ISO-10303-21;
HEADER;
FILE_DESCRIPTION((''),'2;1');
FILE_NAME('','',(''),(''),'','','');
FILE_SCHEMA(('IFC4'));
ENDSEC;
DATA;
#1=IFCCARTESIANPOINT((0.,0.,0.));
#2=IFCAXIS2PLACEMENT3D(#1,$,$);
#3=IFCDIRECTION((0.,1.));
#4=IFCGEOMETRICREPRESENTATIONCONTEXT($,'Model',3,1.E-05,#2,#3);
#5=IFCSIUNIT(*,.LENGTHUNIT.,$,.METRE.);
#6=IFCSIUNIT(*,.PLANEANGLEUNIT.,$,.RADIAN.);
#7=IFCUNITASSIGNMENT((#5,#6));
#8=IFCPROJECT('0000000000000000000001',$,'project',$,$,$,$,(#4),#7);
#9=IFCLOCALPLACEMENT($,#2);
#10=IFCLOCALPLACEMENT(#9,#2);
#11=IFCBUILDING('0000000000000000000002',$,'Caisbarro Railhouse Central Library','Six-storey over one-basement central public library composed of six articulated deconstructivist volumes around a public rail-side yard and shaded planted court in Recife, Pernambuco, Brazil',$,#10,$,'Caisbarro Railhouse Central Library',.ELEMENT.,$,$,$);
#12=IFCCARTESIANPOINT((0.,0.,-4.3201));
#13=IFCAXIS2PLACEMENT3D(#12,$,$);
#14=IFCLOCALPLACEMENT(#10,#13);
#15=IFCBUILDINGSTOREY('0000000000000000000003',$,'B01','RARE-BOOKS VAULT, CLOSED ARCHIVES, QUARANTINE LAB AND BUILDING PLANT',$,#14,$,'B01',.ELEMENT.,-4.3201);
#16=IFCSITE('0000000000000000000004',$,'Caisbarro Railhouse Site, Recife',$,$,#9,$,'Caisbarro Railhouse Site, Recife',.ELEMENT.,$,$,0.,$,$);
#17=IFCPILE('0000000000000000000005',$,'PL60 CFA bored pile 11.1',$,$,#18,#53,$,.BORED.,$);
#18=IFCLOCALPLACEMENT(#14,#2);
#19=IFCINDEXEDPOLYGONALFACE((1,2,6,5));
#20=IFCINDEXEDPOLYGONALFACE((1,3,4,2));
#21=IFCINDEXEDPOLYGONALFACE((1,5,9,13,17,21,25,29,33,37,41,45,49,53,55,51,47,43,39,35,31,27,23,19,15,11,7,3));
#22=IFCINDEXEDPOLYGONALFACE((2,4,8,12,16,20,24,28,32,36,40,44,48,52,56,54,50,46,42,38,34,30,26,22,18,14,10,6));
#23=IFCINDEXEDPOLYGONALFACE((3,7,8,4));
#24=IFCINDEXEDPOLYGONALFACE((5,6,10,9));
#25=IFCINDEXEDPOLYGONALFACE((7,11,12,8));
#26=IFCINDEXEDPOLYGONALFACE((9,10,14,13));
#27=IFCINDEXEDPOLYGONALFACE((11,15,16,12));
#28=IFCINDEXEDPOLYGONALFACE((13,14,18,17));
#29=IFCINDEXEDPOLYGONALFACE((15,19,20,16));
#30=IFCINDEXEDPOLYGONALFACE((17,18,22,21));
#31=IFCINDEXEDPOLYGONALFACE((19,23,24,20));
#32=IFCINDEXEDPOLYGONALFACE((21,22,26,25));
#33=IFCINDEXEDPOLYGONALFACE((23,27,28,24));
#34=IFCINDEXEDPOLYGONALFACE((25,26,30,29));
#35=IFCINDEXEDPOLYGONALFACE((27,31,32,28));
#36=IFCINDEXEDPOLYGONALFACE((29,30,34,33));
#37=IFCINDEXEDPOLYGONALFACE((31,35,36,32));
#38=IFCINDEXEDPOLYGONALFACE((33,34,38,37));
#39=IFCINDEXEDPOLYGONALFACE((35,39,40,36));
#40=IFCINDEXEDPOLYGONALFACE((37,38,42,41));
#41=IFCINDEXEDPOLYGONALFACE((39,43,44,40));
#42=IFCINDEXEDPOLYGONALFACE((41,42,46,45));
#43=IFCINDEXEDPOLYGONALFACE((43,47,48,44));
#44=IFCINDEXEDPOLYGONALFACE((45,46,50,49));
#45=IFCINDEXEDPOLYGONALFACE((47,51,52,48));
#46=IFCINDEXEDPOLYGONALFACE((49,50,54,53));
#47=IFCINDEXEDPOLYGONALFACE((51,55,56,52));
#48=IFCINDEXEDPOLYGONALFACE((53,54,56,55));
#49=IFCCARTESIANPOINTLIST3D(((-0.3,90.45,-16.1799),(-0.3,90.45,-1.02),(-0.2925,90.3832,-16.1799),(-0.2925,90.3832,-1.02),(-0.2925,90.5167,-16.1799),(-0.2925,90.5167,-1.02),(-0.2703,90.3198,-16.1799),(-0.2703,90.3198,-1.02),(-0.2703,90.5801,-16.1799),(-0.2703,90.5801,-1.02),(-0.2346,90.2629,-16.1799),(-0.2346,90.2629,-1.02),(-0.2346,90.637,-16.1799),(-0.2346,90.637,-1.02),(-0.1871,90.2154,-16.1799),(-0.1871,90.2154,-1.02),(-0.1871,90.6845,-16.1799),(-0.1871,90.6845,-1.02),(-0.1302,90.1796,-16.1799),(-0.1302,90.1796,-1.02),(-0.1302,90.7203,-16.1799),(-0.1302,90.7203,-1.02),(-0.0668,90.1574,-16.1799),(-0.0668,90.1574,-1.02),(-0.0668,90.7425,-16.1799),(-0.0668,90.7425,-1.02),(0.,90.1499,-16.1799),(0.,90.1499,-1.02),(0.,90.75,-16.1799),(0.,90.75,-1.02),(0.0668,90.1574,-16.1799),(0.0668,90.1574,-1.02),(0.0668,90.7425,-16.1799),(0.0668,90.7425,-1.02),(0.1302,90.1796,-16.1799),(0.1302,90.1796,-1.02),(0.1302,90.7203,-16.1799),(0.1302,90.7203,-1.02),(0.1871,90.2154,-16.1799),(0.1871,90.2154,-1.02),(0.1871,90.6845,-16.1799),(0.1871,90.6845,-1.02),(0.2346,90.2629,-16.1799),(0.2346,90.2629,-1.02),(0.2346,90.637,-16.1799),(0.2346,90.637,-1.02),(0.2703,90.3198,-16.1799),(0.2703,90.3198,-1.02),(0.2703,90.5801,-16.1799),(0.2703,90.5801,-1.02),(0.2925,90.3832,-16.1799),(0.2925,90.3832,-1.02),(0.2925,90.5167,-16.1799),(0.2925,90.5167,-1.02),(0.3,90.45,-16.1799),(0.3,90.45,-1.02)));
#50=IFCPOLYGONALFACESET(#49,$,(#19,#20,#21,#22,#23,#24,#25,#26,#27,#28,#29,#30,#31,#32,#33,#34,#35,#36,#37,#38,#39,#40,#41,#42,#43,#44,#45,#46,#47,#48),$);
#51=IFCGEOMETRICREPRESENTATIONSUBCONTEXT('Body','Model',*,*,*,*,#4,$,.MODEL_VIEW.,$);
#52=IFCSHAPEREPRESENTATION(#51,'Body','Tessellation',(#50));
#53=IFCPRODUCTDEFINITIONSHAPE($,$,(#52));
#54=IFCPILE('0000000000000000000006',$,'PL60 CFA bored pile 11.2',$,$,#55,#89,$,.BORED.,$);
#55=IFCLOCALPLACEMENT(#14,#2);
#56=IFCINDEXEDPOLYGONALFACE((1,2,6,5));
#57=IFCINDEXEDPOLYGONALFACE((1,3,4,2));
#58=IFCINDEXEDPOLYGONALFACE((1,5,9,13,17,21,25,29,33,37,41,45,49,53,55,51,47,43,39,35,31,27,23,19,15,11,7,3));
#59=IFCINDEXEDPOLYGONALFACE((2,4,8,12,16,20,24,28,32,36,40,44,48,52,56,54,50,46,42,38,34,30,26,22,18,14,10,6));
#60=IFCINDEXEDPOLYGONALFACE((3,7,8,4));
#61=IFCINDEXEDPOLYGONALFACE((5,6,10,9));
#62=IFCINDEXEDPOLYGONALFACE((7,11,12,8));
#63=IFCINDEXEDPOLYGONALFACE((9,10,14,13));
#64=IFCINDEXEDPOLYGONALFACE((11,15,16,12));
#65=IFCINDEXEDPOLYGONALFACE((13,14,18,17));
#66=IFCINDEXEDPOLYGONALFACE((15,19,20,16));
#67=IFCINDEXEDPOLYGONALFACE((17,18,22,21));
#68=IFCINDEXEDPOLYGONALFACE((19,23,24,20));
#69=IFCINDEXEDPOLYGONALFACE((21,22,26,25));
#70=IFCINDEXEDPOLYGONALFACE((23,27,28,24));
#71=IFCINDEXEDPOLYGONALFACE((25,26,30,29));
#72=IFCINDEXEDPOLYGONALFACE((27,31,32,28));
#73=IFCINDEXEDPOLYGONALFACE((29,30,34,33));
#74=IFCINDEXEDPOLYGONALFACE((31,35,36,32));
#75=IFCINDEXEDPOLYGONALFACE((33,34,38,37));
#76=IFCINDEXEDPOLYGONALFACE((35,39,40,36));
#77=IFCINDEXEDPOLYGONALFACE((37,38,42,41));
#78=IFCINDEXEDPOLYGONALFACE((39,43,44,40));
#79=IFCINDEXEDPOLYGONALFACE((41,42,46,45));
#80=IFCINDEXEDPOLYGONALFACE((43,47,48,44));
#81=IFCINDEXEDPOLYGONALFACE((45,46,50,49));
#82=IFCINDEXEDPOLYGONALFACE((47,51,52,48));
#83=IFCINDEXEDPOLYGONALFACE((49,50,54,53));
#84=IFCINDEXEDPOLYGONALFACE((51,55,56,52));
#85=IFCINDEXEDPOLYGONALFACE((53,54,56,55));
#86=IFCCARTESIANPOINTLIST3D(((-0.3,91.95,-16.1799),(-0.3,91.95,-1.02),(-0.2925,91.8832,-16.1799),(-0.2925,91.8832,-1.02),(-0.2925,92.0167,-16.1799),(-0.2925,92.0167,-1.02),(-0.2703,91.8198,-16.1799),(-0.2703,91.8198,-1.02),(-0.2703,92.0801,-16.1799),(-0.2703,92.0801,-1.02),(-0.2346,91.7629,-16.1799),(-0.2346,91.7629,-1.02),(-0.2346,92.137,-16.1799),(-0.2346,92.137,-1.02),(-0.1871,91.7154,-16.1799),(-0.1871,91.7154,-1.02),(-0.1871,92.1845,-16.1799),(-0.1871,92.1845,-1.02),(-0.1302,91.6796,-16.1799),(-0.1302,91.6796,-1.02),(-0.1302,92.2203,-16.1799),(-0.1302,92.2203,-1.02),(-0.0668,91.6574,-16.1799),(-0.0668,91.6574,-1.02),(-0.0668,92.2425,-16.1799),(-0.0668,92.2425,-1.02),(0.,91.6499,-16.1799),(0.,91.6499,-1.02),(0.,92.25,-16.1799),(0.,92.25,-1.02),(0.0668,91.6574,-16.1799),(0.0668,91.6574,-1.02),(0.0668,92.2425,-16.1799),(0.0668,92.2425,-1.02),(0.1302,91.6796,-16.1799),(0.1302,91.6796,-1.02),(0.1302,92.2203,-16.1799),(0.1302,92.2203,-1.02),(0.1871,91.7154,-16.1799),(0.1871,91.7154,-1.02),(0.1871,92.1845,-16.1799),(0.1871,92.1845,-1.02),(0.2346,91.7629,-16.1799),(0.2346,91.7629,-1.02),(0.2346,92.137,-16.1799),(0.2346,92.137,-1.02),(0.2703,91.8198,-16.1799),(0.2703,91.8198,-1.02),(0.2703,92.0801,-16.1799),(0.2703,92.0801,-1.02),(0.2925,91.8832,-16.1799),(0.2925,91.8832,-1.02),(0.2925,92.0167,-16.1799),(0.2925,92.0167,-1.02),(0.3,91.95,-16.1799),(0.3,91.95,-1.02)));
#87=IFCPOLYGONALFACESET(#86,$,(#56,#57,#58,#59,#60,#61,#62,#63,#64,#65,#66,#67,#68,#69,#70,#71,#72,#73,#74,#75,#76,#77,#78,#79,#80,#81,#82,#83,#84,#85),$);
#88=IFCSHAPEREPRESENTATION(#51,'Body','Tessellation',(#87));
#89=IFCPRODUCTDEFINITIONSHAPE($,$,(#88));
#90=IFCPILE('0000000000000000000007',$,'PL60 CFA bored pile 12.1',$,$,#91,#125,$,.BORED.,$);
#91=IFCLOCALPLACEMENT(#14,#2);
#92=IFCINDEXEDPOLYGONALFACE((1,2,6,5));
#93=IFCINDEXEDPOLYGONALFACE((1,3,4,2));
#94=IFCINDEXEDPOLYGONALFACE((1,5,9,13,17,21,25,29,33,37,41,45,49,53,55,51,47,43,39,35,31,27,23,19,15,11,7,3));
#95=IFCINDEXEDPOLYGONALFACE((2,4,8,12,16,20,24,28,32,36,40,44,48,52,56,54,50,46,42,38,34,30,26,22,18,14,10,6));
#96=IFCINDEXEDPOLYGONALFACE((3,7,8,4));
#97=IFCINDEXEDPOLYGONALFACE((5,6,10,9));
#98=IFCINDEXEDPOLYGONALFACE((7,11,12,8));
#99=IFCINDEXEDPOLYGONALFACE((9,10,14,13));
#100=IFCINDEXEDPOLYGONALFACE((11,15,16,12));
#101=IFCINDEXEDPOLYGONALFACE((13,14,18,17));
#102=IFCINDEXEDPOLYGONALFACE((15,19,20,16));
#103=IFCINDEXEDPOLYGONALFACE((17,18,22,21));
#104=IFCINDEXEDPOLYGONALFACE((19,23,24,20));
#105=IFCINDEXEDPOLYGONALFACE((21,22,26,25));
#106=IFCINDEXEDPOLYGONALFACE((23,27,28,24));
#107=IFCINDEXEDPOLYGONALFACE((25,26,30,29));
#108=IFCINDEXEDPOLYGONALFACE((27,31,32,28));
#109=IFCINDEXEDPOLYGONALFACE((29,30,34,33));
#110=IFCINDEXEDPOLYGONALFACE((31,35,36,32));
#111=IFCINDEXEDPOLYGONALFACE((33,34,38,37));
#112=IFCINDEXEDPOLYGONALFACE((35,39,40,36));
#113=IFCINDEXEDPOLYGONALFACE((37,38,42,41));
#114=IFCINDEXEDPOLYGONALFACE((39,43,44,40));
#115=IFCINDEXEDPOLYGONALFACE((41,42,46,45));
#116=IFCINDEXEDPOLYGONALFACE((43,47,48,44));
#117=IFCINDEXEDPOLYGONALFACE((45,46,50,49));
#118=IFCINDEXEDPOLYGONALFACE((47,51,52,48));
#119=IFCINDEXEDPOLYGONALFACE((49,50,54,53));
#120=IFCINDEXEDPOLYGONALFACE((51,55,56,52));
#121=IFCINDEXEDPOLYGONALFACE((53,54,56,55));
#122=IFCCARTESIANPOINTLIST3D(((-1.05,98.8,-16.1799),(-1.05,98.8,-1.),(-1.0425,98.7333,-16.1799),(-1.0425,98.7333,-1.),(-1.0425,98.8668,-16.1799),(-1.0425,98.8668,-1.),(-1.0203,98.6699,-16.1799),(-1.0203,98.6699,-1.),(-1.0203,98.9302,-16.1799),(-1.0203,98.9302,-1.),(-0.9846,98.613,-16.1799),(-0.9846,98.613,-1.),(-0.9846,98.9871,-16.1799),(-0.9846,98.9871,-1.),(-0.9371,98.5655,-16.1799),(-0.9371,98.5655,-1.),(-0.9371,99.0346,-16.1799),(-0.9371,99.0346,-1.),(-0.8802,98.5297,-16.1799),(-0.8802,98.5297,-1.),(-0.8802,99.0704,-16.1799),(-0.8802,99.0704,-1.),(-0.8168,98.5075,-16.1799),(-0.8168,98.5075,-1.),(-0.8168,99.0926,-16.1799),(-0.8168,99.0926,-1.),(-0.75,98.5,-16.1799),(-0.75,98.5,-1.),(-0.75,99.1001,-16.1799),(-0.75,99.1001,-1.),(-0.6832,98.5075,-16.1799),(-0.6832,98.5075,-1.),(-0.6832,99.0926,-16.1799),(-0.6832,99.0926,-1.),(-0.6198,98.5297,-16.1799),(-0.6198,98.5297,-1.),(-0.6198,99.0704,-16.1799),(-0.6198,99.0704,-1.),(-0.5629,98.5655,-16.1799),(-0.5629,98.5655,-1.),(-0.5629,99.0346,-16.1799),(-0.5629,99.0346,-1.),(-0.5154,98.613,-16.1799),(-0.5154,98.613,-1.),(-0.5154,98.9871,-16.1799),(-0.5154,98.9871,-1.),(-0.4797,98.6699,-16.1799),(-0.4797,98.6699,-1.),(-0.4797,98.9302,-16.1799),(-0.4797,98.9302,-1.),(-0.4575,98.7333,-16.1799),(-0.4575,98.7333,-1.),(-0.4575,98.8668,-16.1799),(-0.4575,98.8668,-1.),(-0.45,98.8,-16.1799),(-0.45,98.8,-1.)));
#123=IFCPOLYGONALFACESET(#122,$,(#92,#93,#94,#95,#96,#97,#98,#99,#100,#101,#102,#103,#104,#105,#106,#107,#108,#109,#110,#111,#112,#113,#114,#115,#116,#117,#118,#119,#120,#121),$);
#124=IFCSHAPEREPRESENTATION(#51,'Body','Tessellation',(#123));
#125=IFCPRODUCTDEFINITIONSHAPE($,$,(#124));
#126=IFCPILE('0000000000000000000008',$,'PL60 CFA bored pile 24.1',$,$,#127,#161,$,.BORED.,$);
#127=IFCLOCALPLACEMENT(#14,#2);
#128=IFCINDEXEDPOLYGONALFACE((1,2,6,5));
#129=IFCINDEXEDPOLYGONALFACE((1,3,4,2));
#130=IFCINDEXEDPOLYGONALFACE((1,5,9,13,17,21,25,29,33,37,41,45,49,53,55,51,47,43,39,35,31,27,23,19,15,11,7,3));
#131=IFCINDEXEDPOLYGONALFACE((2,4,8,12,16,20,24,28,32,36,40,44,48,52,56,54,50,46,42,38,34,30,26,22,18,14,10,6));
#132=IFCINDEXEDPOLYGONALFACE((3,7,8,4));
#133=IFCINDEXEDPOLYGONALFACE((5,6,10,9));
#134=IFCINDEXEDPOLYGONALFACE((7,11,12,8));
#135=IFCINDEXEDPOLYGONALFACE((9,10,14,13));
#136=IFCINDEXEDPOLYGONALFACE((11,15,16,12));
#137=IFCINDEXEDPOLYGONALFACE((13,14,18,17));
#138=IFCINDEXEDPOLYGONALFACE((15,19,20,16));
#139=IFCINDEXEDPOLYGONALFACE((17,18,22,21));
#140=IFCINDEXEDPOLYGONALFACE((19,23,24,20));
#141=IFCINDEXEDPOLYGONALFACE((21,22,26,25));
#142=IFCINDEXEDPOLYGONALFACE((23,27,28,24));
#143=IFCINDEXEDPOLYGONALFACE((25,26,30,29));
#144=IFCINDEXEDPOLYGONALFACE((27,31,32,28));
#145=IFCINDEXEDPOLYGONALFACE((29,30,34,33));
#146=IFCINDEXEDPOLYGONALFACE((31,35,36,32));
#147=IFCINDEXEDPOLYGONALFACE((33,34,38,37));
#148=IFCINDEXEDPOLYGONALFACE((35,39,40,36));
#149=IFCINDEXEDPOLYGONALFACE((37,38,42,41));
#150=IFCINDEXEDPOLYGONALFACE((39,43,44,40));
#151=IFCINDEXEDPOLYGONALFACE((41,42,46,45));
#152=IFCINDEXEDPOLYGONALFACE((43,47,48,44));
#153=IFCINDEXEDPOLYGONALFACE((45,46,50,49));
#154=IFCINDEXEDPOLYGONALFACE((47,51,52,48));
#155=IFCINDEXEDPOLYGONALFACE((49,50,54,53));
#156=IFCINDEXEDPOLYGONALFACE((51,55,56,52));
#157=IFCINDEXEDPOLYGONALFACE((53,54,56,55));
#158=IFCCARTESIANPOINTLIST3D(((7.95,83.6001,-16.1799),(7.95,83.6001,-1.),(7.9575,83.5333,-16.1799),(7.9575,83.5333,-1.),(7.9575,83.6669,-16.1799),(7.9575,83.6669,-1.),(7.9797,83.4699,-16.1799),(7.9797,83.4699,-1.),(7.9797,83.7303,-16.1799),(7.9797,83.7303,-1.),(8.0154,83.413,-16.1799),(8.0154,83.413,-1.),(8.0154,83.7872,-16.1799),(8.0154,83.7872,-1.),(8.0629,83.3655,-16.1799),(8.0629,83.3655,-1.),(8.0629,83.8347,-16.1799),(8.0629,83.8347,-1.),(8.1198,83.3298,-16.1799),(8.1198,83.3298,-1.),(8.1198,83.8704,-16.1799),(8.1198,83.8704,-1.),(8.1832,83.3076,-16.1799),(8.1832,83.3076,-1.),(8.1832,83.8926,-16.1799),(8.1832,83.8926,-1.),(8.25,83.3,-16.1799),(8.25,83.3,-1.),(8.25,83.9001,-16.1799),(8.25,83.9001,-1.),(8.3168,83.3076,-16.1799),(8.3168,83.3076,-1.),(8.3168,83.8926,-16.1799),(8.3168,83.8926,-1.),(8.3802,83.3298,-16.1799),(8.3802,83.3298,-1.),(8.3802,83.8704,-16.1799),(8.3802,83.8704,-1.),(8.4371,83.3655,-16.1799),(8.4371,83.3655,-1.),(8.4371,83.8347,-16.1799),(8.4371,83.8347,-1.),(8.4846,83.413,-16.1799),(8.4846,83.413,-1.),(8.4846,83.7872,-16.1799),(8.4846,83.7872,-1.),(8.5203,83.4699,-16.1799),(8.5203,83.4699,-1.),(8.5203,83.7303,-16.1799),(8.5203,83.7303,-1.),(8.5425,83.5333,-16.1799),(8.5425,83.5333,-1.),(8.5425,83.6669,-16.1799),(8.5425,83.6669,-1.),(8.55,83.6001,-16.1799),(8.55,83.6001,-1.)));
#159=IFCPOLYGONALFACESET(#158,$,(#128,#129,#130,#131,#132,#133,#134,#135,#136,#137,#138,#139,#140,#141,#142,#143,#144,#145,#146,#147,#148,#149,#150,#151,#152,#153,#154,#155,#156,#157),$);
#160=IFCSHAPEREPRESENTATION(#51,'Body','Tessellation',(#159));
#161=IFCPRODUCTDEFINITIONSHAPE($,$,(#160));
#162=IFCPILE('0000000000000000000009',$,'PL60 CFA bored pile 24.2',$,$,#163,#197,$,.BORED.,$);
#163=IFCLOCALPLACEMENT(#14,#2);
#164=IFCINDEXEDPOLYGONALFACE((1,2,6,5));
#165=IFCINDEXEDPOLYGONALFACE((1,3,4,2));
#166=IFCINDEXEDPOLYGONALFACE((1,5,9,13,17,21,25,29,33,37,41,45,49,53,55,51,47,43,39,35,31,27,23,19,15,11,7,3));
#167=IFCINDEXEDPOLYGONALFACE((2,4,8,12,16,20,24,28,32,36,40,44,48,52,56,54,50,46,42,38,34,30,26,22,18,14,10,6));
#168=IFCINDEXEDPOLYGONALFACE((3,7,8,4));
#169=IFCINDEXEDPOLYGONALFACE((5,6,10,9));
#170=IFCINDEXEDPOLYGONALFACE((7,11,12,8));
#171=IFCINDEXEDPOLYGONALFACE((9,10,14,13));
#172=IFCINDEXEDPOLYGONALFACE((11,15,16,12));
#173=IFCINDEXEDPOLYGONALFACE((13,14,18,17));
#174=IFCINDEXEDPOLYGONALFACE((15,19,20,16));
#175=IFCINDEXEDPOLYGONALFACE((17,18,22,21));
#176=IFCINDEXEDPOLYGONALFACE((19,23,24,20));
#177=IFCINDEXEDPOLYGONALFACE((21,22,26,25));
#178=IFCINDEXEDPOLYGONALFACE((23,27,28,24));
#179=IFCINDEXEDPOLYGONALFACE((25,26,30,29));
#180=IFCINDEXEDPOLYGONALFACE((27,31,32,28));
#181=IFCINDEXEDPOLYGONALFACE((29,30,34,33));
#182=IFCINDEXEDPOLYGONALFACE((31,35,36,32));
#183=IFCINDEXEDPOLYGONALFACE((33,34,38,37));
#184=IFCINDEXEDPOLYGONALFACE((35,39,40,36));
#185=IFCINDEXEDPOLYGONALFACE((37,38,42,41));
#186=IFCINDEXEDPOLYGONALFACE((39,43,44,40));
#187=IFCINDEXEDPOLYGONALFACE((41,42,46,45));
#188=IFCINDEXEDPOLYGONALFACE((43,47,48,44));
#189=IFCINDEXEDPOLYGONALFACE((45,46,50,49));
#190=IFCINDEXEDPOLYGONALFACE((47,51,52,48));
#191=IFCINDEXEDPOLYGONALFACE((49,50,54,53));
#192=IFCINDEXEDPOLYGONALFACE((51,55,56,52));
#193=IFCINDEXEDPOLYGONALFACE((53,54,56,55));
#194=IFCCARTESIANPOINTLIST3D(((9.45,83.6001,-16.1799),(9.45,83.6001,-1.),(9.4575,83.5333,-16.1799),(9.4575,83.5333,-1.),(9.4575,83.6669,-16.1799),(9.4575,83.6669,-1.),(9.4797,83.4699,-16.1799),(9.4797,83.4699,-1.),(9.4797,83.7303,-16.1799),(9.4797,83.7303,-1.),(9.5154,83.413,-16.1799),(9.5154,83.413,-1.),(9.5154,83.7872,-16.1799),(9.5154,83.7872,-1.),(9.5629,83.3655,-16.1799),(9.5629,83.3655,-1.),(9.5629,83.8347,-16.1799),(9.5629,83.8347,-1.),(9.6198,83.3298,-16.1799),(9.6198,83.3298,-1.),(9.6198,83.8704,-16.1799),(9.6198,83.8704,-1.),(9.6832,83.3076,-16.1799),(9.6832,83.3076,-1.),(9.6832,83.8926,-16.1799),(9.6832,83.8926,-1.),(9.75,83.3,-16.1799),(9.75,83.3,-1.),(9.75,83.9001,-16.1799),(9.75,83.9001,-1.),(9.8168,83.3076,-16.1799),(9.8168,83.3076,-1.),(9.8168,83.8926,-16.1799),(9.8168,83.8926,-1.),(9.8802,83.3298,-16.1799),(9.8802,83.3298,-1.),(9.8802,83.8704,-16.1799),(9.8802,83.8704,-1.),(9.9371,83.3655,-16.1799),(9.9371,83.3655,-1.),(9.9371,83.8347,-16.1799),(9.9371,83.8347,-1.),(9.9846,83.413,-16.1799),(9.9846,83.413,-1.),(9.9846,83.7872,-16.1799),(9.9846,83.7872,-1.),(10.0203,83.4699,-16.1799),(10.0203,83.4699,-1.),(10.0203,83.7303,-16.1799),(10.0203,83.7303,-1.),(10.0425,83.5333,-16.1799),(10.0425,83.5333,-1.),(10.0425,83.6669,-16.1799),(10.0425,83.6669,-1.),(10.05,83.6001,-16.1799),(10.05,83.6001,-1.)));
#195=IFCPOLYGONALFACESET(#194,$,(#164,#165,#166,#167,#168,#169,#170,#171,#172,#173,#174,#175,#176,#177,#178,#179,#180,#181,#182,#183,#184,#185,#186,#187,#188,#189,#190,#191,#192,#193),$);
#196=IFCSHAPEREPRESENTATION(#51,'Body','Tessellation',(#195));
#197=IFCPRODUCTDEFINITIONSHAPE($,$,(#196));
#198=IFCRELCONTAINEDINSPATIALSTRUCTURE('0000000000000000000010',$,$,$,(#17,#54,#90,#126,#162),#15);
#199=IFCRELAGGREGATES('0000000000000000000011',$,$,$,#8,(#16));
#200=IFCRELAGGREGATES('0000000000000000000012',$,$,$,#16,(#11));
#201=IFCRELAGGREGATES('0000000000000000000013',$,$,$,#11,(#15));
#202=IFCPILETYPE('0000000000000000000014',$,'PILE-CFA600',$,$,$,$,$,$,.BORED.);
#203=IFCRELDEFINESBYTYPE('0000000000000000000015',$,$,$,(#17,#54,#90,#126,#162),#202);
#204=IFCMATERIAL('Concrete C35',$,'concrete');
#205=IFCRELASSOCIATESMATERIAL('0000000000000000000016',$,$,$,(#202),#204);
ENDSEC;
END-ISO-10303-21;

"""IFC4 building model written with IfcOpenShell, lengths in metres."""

from ifc_helpers import new_model, si_unit, direction, frame, origin, origin_2d, place, context, subcontext, project, spatial, circle, extrude, material, material_profile, profile_set, type_object, element, save


model = new_model("IFC4")

# Units and contexts
model_context = context("Model", 3, precision=1e-05, world=origin(), true_north=direction((0.0, 1.0)))
body_context = subcontext(model_context, "Body", "Model", "MODEL_VIEW")
ifc_project = project(units=[si_unit("LENGTHUNIT", "METRE"), si_unit("PLANEANGLEUNIT", "RADIAN")], contexts=[model_context])

# Site, building, storey
site_placement = place(None, origin())
site = spatial("IfcSite", under=ifc_project, at=site_placement, Name="Caisbarro Railhouse Site, Recife", LongName="Caisbarro Railhouse Site, Recife", CompositionType="ELEMENT", RefElevation=0.0)
building_placement = place(site_placement, origin())
building = spatial("IfcBuilding", under=site, at=building_placement, Name="Caisbarro Railhouse Central Library", Description="Six-storey over one-basement central public library composed of six articulated deconstructivist volumes around a public rail-side yard and shaded planted court in Recife, Pernambuco, Brazil", LongName="Caisbarro Railhouse Central Library", CompositionType="ELEMENT")
storey_placement = place(building_placement, frame((0.0, 0.0, -4.3201)))
storey = spatial("IfcBuildingStorey", under=building, at=storey_placement, Name="B01", Description="RARE-BOOKS VAULT, CLOSED ARCHIVES, QUARANTINE LAB AND BUILDING PLANT", LongName="B01", CompositionType="ELEMENT", Elevation=-4.3201)

# Shared definitions
ifc_material_1 = material(Name="Concrete C35", Category="concrete")

# Piles
ifc_material_profile_1 = material_profile(ifc_material_1, circle(Radius=0.3, at=origin_2d()), Name="PILE-CFA-600")
ifc_profile_set_1 = profile_set([ifc_material_profile_1], Name="Concrete C35")
pile_type = type_object("IfcPileType", Name="PILE-CFA600", PredefinedType="BORED", material=ifc_profile_set_1)
for number, where, z_axis, x_axis, name in (
    (1, (0.0, 90.45, -1.02), (0.0, 0.0, -1.0), (1.0, 0.0, 0.0), "PL60 CFA bored pile 11.1"),
    (2, (0.0, 91.95, -1.02), (0.0, 0.0, -1.0), (1.0, 0.0, 0.0), "PL60 CFA bored pile 11.2"),
):
    element("IfcPile", number, at=place(storey_placement, frame(where, z_axis=z_axis, x_axis=x_axis)), inside=storey, type_object=pile_type, Name=name, PredefinedType="BORED", context=body_context, shape_type="SweptSolid", body=[
        extrude(circle(Radius=0.3, at=origin_2d()), origin(), (0.0, 0.0, 1.0), 15.1599),
    ])
for number, where, z_axis, x_axis, name in (
    (3, (-0.75, 98.8, -1.0), (0.0, 0.0, -1.0), (1.0, 0.0, 0.0), "PL60 CFA bored pile 12.1"),
    (4, (8.25, 83.6001, -1.0), (0.0, 0.0, -1.0), (1.0, 0.0, 0.0), "PL60 CFA bored pile 24.1"),
    (5, (9.75, 83.6001, -1.0), (0.0, 0.0, -1.0), (1.0, 0.0, 0.0), "PL60 CFA bored pile 24.2"),
):
    element("IfcPile", number, at=place(storey_placement, frame(where, z_axis=z_axis, x_axis=x_axis)), inside=storey, type_object=pile_type, Name=name, PredefinedType="BORED", context=body_context, shape_type="SweptSolid", body=[
        extrude(circle(Radius=0.3, at=origin_2d()), origin(), (0.0, 0.0, 1.0), 15.1799),
    ])

save(model, "model.ifc")
